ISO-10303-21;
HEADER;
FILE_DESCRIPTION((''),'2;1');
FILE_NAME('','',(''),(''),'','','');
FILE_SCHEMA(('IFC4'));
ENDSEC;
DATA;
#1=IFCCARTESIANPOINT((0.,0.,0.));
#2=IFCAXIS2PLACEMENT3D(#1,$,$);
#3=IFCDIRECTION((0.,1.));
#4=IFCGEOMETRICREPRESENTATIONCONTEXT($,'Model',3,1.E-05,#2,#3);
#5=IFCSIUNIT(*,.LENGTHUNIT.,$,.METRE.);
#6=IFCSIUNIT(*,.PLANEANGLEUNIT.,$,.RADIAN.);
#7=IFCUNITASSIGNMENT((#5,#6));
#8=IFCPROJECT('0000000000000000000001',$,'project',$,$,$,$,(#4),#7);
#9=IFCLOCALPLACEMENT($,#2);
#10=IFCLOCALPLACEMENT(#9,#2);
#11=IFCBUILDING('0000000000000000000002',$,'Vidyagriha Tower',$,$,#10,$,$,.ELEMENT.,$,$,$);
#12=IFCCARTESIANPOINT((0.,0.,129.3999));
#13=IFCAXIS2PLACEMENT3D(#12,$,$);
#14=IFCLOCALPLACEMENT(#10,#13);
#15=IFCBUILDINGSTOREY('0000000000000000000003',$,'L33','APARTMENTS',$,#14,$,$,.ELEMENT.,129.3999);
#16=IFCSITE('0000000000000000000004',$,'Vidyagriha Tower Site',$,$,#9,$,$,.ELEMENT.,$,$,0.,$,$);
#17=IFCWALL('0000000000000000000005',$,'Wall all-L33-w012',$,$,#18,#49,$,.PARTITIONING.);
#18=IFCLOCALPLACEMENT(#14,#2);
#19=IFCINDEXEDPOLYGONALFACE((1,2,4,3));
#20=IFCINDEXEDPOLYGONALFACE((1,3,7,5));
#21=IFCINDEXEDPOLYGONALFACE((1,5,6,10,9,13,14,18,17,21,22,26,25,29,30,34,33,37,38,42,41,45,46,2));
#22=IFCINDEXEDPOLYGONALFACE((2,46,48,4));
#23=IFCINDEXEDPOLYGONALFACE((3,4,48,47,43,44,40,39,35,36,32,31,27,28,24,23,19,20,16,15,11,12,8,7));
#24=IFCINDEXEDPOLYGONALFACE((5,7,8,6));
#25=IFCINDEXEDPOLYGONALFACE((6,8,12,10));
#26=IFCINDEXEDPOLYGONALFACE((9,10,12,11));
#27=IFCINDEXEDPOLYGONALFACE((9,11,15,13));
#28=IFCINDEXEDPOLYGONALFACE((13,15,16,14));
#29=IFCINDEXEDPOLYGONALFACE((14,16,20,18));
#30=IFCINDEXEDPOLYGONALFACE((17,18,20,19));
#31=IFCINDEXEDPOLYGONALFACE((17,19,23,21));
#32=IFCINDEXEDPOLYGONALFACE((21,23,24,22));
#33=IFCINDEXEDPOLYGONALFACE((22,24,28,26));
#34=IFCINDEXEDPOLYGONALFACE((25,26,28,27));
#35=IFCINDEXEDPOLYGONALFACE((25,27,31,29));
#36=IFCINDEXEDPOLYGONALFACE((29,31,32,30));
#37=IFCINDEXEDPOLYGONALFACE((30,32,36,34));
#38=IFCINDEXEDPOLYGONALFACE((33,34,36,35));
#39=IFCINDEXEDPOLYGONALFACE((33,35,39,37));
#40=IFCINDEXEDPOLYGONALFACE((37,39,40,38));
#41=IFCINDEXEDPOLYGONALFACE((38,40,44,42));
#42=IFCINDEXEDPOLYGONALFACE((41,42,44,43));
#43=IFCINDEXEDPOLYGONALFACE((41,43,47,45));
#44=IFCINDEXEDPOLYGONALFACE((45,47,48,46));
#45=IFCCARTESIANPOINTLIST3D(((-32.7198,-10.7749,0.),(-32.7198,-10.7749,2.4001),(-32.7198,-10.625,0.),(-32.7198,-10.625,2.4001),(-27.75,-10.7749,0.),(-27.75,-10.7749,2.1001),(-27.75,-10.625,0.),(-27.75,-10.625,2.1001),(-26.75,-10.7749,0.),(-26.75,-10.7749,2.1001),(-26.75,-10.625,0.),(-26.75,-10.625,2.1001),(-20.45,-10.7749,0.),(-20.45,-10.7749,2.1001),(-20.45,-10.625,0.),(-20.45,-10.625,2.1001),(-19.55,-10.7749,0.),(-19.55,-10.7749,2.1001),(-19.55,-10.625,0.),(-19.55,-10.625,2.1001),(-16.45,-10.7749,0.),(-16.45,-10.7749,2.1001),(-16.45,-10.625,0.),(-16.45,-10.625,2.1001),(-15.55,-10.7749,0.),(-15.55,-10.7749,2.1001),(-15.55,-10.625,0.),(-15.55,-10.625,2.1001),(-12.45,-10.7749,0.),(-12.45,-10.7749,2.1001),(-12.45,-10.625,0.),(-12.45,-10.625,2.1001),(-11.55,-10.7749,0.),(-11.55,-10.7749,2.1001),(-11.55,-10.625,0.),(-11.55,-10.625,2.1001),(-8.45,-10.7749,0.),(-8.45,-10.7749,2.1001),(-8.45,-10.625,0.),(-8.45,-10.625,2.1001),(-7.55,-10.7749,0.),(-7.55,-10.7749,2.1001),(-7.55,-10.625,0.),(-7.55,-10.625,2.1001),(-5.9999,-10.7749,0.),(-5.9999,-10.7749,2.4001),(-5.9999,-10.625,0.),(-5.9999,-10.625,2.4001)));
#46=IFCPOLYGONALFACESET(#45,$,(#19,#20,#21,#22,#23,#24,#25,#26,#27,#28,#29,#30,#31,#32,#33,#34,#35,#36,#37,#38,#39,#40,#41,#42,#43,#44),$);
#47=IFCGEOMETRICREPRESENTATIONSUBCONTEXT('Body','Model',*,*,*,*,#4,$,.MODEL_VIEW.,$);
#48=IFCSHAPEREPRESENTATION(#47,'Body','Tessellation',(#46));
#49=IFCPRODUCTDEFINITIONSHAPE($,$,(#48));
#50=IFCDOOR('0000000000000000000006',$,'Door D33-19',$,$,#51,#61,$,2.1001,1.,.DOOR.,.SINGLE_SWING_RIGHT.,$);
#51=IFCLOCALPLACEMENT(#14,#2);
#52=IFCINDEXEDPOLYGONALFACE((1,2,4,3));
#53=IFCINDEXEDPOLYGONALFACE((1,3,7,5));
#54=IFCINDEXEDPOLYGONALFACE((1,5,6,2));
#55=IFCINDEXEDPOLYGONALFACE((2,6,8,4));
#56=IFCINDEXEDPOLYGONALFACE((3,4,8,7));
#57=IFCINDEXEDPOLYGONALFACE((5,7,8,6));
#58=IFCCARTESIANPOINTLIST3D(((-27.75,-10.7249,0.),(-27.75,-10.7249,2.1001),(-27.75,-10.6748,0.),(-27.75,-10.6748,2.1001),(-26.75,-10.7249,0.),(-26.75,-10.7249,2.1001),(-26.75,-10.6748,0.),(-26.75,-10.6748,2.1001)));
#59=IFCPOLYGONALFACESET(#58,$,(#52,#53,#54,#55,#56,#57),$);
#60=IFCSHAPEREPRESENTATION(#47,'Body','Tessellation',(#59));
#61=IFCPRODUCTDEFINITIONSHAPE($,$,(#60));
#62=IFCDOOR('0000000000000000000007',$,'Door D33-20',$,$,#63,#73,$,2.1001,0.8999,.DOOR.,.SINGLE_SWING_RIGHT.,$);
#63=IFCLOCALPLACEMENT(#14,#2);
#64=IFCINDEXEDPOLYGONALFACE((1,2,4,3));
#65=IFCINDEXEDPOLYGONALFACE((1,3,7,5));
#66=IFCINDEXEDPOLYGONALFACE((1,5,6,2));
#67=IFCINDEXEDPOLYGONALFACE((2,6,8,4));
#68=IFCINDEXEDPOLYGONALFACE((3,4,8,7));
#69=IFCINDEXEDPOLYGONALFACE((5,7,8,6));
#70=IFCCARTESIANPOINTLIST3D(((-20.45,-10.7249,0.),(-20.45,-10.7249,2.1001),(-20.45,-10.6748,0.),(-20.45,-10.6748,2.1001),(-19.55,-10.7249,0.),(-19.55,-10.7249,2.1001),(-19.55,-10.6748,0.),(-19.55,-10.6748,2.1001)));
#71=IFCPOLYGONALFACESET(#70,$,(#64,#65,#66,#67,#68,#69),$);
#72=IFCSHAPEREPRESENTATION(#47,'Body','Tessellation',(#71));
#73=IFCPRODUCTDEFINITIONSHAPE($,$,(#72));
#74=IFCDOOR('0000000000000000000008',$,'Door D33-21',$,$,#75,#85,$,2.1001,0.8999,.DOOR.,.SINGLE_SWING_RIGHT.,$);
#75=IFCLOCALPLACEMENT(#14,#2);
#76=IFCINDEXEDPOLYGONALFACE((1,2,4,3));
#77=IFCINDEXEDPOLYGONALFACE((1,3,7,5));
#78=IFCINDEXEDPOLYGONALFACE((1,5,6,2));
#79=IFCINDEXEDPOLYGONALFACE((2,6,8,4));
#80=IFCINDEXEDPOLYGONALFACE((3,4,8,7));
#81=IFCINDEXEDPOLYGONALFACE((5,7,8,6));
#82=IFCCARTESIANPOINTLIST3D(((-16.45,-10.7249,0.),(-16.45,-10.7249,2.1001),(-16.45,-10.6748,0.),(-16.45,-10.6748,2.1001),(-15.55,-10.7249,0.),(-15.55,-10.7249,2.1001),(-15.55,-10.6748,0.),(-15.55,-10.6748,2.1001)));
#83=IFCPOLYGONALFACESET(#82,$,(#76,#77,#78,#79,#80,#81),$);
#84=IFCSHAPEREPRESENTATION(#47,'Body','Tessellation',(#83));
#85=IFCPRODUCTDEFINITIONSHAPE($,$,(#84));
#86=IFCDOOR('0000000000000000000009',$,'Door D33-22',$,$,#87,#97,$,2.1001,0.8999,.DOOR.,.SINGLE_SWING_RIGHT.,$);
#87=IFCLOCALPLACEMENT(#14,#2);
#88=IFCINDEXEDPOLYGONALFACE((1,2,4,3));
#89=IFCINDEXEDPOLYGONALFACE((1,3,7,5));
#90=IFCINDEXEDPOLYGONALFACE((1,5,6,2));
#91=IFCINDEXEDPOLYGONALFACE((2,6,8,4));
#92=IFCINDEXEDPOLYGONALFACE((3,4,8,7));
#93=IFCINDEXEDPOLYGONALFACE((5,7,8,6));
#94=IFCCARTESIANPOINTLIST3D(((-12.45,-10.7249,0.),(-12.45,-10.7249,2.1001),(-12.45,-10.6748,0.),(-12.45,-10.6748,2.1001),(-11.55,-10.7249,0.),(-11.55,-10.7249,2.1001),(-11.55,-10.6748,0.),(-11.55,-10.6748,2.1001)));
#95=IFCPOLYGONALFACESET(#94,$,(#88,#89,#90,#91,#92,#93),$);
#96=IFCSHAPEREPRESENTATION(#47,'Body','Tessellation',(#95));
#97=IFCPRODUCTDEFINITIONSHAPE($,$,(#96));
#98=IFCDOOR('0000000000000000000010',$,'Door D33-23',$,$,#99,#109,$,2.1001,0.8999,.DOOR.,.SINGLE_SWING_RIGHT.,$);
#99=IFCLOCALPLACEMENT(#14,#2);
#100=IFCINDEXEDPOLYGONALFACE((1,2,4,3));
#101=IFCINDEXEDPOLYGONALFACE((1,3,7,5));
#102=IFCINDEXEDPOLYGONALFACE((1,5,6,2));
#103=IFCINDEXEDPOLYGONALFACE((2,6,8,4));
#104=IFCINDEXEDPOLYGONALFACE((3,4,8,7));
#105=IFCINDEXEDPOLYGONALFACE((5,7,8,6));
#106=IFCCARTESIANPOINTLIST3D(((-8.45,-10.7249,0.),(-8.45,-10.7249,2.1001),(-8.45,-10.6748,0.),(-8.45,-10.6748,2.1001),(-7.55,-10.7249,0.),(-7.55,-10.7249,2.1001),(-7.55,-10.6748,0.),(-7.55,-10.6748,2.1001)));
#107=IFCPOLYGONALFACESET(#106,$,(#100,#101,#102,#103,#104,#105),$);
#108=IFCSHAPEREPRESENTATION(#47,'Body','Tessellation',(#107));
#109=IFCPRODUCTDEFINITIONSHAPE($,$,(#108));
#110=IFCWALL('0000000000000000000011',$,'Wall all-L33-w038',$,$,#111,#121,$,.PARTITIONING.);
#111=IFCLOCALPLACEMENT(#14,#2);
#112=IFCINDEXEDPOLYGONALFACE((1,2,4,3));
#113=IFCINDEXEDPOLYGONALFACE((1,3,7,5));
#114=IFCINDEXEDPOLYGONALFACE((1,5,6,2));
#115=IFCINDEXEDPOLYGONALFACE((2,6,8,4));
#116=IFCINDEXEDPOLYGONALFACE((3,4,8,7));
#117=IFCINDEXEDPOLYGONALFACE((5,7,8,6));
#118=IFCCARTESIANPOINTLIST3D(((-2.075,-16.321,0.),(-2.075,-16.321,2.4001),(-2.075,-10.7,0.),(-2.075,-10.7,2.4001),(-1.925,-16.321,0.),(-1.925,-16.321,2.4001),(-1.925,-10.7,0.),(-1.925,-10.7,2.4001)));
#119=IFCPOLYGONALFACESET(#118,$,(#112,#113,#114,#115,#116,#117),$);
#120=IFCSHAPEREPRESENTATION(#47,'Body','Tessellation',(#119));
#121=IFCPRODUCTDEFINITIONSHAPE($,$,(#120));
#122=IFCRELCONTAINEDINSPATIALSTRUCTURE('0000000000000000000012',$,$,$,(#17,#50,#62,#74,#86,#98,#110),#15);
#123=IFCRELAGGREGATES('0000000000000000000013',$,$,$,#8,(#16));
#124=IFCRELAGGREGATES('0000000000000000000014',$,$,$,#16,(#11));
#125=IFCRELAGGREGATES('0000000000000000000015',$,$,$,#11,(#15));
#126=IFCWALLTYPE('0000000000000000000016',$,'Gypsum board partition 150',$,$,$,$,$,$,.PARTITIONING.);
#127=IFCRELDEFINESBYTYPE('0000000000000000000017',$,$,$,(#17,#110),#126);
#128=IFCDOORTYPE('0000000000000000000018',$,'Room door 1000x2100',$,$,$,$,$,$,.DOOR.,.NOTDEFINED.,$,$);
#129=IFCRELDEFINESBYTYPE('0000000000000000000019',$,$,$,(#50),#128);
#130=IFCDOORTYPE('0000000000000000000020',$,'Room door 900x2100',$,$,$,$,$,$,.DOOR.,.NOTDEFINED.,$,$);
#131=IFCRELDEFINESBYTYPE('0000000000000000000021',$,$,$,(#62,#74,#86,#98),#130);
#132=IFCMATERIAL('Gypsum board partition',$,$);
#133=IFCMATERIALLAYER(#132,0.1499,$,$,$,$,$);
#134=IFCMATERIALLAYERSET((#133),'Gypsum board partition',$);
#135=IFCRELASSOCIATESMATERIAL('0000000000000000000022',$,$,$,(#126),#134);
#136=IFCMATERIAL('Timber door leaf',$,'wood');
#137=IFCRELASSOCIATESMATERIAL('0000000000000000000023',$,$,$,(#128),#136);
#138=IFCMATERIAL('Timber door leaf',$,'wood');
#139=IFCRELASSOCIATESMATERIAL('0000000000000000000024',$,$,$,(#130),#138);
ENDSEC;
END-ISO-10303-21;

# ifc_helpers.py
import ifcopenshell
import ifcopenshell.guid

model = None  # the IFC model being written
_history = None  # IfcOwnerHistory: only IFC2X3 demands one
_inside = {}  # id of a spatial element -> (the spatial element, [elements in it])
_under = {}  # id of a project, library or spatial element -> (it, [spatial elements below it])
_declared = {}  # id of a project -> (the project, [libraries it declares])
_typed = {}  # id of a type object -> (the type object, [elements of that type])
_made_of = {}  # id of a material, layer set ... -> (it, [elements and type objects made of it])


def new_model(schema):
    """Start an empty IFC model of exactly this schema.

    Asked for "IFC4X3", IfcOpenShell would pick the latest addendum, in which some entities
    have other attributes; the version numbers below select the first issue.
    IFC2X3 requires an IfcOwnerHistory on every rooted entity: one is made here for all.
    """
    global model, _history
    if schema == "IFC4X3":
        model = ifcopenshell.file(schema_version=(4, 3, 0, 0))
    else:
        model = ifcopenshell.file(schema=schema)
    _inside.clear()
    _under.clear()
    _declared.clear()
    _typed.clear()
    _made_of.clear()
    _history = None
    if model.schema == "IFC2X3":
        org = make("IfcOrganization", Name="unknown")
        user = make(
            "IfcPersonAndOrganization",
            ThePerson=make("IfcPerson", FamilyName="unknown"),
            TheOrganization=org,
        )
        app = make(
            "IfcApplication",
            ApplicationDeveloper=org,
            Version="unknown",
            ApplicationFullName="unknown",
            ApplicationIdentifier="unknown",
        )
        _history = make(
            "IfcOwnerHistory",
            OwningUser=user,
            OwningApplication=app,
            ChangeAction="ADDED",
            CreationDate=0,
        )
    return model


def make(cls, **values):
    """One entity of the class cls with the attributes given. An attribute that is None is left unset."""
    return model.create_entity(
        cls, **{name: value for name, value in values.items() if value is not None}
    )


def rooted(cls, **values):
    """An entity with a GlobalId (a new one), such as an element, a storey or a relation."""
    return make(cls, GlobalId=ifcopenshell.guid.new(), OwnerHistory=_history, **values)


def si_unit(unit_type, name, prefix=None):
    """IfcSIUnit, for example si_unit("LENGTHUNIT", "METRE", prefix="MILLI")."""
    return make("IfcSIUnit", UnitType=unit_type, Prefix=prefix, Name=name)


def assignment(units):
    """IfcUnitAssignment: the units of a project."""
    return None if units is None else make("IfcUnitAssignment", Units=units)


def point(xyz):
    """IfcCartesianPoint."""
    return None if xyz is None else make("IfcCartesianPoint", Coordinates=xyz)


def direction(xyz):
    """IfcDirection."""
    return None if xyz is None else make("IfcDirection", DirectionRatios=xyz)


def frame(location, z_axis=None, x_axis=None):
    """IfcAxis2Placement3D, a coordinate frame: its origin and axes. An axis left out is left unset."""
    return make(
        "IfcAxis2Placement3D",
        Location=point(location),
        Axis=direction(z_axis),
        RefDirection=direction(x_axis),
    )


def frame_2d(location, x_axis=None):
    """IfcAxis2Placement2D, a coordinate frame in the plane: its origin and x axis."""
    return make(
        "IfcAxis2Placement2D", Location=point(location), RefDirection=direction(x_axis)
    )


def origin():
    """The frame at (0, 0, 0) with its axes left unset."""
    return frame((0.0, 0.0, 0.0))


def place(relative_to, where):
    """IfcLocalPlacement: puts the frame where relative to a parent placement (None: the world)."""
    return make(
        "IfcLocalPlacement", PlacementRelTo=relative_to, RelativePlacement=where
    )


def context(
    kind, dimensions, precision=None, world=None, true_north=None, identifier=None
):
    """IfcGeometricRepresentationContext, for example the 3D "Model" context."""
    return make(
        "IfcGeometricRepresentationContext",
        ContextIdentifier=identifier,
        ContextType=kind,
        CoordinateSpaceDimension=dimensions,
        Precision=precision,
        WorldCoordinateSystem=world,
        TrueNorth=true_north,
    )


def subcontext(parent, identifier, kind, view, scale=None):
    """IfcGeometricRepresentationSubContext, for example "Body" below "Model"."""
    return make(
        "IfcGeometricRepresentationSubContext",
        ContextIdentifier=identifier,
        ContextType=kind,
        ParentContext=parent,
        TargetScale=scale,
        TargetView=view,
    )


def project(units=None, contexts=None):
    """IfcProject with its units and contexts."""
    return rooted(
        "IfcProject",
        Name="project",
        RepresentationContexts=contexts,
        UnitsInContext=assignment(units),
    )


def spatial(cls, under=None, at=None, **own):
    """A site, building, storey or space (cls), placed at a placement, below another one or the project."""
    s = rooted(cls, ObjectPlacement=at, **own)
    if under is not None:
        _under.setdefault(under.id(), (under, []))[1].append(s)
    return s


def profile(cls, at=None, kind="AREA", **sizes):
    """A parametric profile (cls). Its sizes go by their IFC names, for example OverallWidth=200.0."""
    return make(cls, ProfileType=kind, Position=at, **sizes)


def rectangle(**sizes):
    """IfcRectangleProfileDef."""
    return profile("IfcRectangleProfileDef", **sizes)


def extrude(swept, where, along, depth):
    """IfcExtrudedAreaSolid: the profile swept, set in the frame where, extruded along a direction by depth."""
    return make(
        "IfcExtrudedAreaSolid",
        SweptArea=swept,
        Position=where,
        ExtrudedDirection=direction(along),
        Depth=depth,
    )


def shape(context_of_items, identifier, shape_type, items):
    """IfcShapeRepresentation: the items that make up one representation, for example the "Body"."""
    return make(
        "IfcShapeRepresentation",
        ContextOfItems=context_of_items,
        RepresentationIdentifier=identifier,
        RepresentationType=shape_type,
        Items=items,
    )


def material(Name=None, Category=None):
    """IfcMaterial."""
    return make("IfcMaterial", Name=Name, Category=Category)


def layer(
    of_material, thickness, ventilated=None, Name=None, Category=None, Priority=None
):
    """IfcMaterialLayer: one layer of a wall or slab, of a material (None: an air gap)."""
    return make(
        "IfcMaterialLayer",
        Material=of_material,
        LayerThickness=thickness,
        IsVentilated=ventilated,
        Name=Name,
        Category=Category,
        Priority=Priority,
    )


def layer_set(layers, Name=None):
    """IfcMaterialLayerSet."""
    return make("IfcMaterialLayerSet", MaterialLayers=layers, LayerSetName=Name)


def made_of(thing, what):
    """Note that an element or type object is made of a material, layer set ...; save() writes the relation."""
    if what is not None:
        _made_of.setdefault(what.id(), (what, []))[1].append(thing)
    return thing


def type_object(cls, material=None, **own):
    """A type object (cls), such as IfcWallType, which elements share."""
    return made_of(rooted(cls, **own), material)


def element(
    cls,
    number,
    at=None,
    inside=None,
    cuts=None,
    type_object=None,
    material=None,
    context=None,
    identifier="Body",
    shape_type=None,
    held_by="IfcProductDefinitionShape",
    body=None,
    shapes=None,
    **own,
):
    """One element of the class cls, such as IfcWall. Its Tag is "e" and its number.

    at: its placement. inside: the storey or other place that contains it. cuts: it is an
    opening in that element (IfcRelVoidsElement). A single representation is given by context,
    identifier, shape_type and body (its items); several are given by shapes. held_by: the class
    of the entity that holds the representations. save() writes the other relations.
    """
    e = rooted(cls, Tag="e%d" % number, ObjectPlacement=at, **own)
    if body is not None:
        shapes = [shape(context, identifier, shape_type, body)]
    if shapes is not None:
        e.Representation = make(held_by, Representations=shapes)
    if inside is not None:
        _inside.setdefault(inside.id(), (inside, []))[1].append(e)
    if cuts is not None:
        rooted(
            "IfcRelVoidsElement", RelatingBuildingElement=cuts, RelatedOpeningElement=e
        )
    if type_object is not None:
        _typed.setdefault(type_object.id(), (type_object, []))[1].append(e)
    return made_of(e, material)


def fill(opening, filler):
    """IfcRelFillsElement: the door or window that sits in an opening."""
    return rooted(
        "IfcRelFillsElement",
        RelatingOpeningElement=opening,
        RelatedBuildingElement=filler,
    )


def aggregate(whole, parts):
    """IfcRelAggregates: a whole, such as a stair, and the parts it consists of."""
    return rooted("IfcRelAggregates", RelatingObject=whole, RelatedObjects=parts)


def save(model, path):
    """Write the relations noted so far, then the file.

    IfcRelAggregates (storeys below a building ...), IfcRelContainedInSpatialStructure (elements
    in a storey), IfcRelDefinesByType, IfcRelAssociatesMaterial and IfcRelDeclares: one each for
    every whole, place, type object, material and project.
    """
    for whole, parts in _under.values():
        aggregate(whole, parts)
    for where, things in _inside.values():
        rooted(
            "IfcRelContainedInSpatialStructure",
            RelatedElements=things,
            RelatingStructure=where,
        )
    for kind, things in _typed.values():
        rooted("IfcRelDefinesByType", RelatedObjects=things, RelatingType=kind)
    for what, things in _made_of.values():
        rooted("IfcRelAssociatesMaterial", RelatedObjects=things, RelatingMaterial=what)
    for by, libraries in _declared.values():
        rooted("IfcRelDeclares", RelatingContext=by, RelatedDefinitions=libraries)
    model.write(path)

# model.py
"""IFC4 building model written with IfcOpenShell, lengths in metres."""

from ifc_helpers import new_model, si_unit, direction, frame, frame_2d, origin, place, context, subcontext, project, spatial, rectangle, extrude, material, layer, layer_set, type_object, element, fill, save


model = new_model("IFC4")

# Units and contexts
model_context = context("Model", 3, precision=1e-05, world=origin(), true_north=direction((0.0, 1.0)))
body_context = subcontext(model_context, "Body", "Model", "MODEL_VIEW")
ifc_project = project(units=[si_unit("LENGTHUNIT", "METRE"), si_unit("PLANEANGLEUNIT", "RADIAN")], contexts=[model_context])

# Site, building, storey
site_placement = place(None, origin())
site = spatial("IfcSite", under=ifc_project, at=site_placement, Name="Vidyagriha Tower Site", CompositionType="ELEMENT", RefElevation=0.0)
building_placement = place(site_placement, origin())
building = spatial("IfcBuilding", under=site, at=building_placement, Name="Vidyagriha Tower", CompositionType="ELEMENT")
storey_placement = place(building_placement, frame((0.0, 0.0, 129.3999)))
storey = spatial("IfcBuildingStorey", under=building, at=storey_placement, Name="L33", Description="APARTMENTS", CompositionType="ELEMENT", Elevation=129.3999)

# Wall, openings, doors
ifc_material_1 = material(Name="Gypsum board partition")
ifc_layer_1 = layer(ifc_material_1, 0.1499)
ifc_layer_set_1 = layer_set([ifc_layer_1], Name="Gypsum board partition")
wall_type_1 = type_object("IfcWallType", Name="Gypsum board partition 150", PredefinedType="PARTITIONING", material=ifc_layer_set_1)
wall_1_placement = place(storey_placement, frame((-6.0, -10.7, 0.0), z_axis=(0.0, 0.0, 1.0), x_axis=(-1.0, 0.0, 0.0)))
wall_1 = element("IfcWall", 1, at=wall_1_placement, inside=storey, type_object=wall_type_1, Name="Wall all-L33-w012", PredefinedType="PARTITIONING", context=body_context, shape_type="SweptSolid", body=[
    extrude(rectangle(XDim=26.72, YDim=0.1499, at=frame_2d((13.3599, 0.0))), origin(), (0.0, 0.0, 1.0), 2.4001),
])
opening_1_placement = place(wall_1_placement, frame((20.75, 0.0, 0.0)))
opening_1 = element("IfcOpeningElement", 2, at=opening_1_placement, cuts=wall_1, PredefinedType="OPENING", context=body_context, shape_type="SweptSolid", body=[
    extrude(rectangle(XDim=1.0, YDim=2.1001, at=frame_2d((0.5, 1.05))), frame((0.0, 0.085, 0.0), z_axis=(0.0, -1.0, 0.0), x_axis=(1.0, 0.0, 0.0)), (0.0, 0.0, 1.0), 0.1699),
])
opening_2_placement = place(wall_1_placement, frame((13.55, 0.0, 0.0)))
opening_2 = element("IfcOpeningElement", 3, at=opening_2_placement, cuts=wall_1, PredefinedType="OPENING", context=body_context, shape_type="SweptSolid", body=[
    extrude(rectangle(XDim=0.8999, YDim=2.1001, at=frame_2d((0.45, 1.05))), frame((0.0, 0.085, 0.0), z_axis=(0.0, -1.0, 0.0), x_axis=(1.0, 0.0, 0.0)), (0.0, 0.0, 1.0), 0.1699),
])
opening_3_placement = place(wall_1_placement, frame((9.55, 0.0, 0.0)))
opening_3 = element("IfcOpeningElement", 4, at=opening_3_placement, cuts=wall_1, PredefinedType="OPENING", context=body_context, shape_type="SweptSolid", body=[
    extrude(rectangle(XDim=0.8999, YDim=2.1001, at=frame_2d((0.45, 1.05))), frame((0.0, 0.085, 0.0), z_axis=(0.0, -1.0, 0.0), x_axis=(1.0, 0.0, 0.0)), (0.0, 0.0, 1.0), 0.1699),
])
opening_4_placement = place(wall_1_placement, frame((5.55, 0.0, 0.0)))
opening_4 = element("IfcOpeningElement", 5, at=opening_4_placement, cuts=wall_1, PredefinedType="OPENING", context=body_context, shape_type="SweptSolid", body=[
    extrude(rectangle(XDim=0.8999, YDim=2.1001, at=frame_2d((0.45, 1.05))), frame((0.0, 0.085, 0.0), z_axis=(0.0, -1.0, 0.0), x_axis=(1.0, 0.0, 0.0)), (0.0, 0.0, 1.0), 0.1699),
])
opening_5_placement = place(wall_1_placement, frame((1.55, 0.0, 0.0)))
opening_5 = element("IfcOpeningElement", 6, at=opening_5_placement, cuts=wall_1, PredefinedType="OPENING", context=body_context, shape_type="SweptSolid", body=[
    extrude(rectangle(XDim=0.8999, YDim=2.1001, at=frame_2d((0.45, 1.05))), frame((0.0, 0.085, 0.0), z_axis=(0.0, -1.0, 0.0), x_axis=(1.0, 0.0, 0.0)), (0.0, 0.0, 1.0), 0.1699),
])
ifc_material_2 = material(Name="Timber door leaf", Category="wood")
door_type_1 = type_object("IfcDoorType", Name="Room door 1000x2100", OperationType="NOTDEFINED", PredefinedType="DOOR", material=ifc_material_2)
door_1_placement = place(opening_1_placement, origin())
door_1 = element("IfcDoor", 7, at=door_1_placement, inside=storey, type_object=door_type_1, Name="Door D33-19", OperationType="SINGLE_SWING_RIGHT", OverallHeight=2.1001, OverallWidth=1.0, PredefinedType="DOOR", context=body_context, shape_type="SweptSolid", body=[
    extrude(rectangle(XDim=1.0, YDim=2.1001, at=frame_2d((0.5, 1.05))), frame((0.0, 0.0249, 0.0), z_axis=(0.0, -1.0, 0.0), x_axis=(1.0, 0.0, 0.0)), (0.0, 0.0, 1.0), 0.05),
])
fill(opening_1, door_1)
ifc_material_3 = material(Name="Timber door leaf", Category="wood")
door_type_2 = type_object("IfcDoorType", Name="Room door 900x2100", OperationType="NOTDEFINED", PredefinedType="DOOR", material=ifc_material_3)
door_2_placement = place(opening_2_placement, origin())
door_2 = element("IfcDoor", 8, at=door_2_placement, inside=storey, type_object=door_type_2, Name="Door D33-20", OperationType="SINGLE_SWING_RIGHT", OverallHeight=2.1001, OverallWidth=0.8999, PredefinedType="DOOR", context=body_context, shape_type="SweptSolid", body=[
    extrude(rectangle(XDim=0.8999, YDim=2.1001, at=frame_2d((0.45, 1.05))), frame((0.0, 0.0249, 0.0), z_axis=(0.0, -1.0, 0.0), x_axis=(1.0, 0.0, 0.0)), (0.0, 0.0, 1.0), 0.05),
])
fill(opening_2, door_2)
door_3_placement = place(opening_3_placement, origin())
door_3 = element("IfcDoor", 9, at=door_3_placement, inside=storey, type_object=door_type_2, Name="Door D33-21", OperationType="SINGLE_SWING_RIGHT", OverallHeight=2.1001, OverallWidth=0.8999, PredefinedType="DOOR", context=body_context, shape_type="SweptSolid", body=[
    extrude(rectangle(XDim=0.8999, YDim=2.1001, at=frame_2d((0.45, 1.05))), frame((0.0, 0.0249, 0.0), z_axis=(0.0, -1.0, 0.0), x_axis=(1.0, 0.0, 0.0)), (0.0, 0.0, 1.0), 0.05),
])
fill(opening_3, door_3)
door_4_placement = place(opening_4_placement, origin())
door_4 = element("IfcDoor", 10, at=door_4_placement, inside=storey, type_object=door_type_2, Name="Door D33-22", OperationType="SINGLE_SWING_RIGHT", OverallHeight=2.1001, OverallWidth=0.8999, PredefinedType="DOOR", context=body_context, shape_type="SweptSolid", body=[
    extrude(rectangle(XDim=0.8999, YDim=2.1001, at=frame_2d((0.45, 1.05))), frame((0.0, 0.0249, 0.0), z_axis=(0.0, -1.0, 0.0), x_axis=(1.0, 0.0, 0.0)), (0.0, 0.0, 1.0), 0.05),
])
fill(opening_4, door_4)
door_5_placement = place(opening_5_placement, origin())
door_5 = element("IfcDoor", 11, at=door_5_placement, inside=storey, type_object=door_type_2, Name="Door D33-23", OperationType="SINGLE_SWING_RIGHT", OverallHeight=2.1001, OverallWidth=0.8999, PredefinedType="DOOR", context=body_context, shape_type="SweptSolid", body=[
    extrude(rectangle(XDim=0.8999, YDim=2.1001, at=frame_2d((0.45, 1.05))), frame((0.0, 0.0249, 0.0), z_axis=(0.0, -1.0, 0.0), x_axis=(1.0, 0.0, 0.0)), (0.0, 0.0, 1.0), 0.05),
])
fill(opening_5, door_5)

# Wall
wall_2_placement = place(storey_placement, frame((-2.0, -10.7, 0.0), z_axis=(0.0, 0.0, 1.0), x_axis=(0.0, -1.0, 0.0)))
element("IfcWall", 12, at=wall_2_placement, inside=storey, type_object=wall_type_1, Name="Wall all-L33-w038", PredefinedType="PARTITIONING", context=body_context, shape_type="SweptSolid", body=[
    extrude(rectangle(XDim=5.6211, YDim=0.1499, at=frame_2d((2.8105, 0.0))), origin(), (0.0, 0.0, 1.0), 2.4001),
])

save(model, "model.ifc")
